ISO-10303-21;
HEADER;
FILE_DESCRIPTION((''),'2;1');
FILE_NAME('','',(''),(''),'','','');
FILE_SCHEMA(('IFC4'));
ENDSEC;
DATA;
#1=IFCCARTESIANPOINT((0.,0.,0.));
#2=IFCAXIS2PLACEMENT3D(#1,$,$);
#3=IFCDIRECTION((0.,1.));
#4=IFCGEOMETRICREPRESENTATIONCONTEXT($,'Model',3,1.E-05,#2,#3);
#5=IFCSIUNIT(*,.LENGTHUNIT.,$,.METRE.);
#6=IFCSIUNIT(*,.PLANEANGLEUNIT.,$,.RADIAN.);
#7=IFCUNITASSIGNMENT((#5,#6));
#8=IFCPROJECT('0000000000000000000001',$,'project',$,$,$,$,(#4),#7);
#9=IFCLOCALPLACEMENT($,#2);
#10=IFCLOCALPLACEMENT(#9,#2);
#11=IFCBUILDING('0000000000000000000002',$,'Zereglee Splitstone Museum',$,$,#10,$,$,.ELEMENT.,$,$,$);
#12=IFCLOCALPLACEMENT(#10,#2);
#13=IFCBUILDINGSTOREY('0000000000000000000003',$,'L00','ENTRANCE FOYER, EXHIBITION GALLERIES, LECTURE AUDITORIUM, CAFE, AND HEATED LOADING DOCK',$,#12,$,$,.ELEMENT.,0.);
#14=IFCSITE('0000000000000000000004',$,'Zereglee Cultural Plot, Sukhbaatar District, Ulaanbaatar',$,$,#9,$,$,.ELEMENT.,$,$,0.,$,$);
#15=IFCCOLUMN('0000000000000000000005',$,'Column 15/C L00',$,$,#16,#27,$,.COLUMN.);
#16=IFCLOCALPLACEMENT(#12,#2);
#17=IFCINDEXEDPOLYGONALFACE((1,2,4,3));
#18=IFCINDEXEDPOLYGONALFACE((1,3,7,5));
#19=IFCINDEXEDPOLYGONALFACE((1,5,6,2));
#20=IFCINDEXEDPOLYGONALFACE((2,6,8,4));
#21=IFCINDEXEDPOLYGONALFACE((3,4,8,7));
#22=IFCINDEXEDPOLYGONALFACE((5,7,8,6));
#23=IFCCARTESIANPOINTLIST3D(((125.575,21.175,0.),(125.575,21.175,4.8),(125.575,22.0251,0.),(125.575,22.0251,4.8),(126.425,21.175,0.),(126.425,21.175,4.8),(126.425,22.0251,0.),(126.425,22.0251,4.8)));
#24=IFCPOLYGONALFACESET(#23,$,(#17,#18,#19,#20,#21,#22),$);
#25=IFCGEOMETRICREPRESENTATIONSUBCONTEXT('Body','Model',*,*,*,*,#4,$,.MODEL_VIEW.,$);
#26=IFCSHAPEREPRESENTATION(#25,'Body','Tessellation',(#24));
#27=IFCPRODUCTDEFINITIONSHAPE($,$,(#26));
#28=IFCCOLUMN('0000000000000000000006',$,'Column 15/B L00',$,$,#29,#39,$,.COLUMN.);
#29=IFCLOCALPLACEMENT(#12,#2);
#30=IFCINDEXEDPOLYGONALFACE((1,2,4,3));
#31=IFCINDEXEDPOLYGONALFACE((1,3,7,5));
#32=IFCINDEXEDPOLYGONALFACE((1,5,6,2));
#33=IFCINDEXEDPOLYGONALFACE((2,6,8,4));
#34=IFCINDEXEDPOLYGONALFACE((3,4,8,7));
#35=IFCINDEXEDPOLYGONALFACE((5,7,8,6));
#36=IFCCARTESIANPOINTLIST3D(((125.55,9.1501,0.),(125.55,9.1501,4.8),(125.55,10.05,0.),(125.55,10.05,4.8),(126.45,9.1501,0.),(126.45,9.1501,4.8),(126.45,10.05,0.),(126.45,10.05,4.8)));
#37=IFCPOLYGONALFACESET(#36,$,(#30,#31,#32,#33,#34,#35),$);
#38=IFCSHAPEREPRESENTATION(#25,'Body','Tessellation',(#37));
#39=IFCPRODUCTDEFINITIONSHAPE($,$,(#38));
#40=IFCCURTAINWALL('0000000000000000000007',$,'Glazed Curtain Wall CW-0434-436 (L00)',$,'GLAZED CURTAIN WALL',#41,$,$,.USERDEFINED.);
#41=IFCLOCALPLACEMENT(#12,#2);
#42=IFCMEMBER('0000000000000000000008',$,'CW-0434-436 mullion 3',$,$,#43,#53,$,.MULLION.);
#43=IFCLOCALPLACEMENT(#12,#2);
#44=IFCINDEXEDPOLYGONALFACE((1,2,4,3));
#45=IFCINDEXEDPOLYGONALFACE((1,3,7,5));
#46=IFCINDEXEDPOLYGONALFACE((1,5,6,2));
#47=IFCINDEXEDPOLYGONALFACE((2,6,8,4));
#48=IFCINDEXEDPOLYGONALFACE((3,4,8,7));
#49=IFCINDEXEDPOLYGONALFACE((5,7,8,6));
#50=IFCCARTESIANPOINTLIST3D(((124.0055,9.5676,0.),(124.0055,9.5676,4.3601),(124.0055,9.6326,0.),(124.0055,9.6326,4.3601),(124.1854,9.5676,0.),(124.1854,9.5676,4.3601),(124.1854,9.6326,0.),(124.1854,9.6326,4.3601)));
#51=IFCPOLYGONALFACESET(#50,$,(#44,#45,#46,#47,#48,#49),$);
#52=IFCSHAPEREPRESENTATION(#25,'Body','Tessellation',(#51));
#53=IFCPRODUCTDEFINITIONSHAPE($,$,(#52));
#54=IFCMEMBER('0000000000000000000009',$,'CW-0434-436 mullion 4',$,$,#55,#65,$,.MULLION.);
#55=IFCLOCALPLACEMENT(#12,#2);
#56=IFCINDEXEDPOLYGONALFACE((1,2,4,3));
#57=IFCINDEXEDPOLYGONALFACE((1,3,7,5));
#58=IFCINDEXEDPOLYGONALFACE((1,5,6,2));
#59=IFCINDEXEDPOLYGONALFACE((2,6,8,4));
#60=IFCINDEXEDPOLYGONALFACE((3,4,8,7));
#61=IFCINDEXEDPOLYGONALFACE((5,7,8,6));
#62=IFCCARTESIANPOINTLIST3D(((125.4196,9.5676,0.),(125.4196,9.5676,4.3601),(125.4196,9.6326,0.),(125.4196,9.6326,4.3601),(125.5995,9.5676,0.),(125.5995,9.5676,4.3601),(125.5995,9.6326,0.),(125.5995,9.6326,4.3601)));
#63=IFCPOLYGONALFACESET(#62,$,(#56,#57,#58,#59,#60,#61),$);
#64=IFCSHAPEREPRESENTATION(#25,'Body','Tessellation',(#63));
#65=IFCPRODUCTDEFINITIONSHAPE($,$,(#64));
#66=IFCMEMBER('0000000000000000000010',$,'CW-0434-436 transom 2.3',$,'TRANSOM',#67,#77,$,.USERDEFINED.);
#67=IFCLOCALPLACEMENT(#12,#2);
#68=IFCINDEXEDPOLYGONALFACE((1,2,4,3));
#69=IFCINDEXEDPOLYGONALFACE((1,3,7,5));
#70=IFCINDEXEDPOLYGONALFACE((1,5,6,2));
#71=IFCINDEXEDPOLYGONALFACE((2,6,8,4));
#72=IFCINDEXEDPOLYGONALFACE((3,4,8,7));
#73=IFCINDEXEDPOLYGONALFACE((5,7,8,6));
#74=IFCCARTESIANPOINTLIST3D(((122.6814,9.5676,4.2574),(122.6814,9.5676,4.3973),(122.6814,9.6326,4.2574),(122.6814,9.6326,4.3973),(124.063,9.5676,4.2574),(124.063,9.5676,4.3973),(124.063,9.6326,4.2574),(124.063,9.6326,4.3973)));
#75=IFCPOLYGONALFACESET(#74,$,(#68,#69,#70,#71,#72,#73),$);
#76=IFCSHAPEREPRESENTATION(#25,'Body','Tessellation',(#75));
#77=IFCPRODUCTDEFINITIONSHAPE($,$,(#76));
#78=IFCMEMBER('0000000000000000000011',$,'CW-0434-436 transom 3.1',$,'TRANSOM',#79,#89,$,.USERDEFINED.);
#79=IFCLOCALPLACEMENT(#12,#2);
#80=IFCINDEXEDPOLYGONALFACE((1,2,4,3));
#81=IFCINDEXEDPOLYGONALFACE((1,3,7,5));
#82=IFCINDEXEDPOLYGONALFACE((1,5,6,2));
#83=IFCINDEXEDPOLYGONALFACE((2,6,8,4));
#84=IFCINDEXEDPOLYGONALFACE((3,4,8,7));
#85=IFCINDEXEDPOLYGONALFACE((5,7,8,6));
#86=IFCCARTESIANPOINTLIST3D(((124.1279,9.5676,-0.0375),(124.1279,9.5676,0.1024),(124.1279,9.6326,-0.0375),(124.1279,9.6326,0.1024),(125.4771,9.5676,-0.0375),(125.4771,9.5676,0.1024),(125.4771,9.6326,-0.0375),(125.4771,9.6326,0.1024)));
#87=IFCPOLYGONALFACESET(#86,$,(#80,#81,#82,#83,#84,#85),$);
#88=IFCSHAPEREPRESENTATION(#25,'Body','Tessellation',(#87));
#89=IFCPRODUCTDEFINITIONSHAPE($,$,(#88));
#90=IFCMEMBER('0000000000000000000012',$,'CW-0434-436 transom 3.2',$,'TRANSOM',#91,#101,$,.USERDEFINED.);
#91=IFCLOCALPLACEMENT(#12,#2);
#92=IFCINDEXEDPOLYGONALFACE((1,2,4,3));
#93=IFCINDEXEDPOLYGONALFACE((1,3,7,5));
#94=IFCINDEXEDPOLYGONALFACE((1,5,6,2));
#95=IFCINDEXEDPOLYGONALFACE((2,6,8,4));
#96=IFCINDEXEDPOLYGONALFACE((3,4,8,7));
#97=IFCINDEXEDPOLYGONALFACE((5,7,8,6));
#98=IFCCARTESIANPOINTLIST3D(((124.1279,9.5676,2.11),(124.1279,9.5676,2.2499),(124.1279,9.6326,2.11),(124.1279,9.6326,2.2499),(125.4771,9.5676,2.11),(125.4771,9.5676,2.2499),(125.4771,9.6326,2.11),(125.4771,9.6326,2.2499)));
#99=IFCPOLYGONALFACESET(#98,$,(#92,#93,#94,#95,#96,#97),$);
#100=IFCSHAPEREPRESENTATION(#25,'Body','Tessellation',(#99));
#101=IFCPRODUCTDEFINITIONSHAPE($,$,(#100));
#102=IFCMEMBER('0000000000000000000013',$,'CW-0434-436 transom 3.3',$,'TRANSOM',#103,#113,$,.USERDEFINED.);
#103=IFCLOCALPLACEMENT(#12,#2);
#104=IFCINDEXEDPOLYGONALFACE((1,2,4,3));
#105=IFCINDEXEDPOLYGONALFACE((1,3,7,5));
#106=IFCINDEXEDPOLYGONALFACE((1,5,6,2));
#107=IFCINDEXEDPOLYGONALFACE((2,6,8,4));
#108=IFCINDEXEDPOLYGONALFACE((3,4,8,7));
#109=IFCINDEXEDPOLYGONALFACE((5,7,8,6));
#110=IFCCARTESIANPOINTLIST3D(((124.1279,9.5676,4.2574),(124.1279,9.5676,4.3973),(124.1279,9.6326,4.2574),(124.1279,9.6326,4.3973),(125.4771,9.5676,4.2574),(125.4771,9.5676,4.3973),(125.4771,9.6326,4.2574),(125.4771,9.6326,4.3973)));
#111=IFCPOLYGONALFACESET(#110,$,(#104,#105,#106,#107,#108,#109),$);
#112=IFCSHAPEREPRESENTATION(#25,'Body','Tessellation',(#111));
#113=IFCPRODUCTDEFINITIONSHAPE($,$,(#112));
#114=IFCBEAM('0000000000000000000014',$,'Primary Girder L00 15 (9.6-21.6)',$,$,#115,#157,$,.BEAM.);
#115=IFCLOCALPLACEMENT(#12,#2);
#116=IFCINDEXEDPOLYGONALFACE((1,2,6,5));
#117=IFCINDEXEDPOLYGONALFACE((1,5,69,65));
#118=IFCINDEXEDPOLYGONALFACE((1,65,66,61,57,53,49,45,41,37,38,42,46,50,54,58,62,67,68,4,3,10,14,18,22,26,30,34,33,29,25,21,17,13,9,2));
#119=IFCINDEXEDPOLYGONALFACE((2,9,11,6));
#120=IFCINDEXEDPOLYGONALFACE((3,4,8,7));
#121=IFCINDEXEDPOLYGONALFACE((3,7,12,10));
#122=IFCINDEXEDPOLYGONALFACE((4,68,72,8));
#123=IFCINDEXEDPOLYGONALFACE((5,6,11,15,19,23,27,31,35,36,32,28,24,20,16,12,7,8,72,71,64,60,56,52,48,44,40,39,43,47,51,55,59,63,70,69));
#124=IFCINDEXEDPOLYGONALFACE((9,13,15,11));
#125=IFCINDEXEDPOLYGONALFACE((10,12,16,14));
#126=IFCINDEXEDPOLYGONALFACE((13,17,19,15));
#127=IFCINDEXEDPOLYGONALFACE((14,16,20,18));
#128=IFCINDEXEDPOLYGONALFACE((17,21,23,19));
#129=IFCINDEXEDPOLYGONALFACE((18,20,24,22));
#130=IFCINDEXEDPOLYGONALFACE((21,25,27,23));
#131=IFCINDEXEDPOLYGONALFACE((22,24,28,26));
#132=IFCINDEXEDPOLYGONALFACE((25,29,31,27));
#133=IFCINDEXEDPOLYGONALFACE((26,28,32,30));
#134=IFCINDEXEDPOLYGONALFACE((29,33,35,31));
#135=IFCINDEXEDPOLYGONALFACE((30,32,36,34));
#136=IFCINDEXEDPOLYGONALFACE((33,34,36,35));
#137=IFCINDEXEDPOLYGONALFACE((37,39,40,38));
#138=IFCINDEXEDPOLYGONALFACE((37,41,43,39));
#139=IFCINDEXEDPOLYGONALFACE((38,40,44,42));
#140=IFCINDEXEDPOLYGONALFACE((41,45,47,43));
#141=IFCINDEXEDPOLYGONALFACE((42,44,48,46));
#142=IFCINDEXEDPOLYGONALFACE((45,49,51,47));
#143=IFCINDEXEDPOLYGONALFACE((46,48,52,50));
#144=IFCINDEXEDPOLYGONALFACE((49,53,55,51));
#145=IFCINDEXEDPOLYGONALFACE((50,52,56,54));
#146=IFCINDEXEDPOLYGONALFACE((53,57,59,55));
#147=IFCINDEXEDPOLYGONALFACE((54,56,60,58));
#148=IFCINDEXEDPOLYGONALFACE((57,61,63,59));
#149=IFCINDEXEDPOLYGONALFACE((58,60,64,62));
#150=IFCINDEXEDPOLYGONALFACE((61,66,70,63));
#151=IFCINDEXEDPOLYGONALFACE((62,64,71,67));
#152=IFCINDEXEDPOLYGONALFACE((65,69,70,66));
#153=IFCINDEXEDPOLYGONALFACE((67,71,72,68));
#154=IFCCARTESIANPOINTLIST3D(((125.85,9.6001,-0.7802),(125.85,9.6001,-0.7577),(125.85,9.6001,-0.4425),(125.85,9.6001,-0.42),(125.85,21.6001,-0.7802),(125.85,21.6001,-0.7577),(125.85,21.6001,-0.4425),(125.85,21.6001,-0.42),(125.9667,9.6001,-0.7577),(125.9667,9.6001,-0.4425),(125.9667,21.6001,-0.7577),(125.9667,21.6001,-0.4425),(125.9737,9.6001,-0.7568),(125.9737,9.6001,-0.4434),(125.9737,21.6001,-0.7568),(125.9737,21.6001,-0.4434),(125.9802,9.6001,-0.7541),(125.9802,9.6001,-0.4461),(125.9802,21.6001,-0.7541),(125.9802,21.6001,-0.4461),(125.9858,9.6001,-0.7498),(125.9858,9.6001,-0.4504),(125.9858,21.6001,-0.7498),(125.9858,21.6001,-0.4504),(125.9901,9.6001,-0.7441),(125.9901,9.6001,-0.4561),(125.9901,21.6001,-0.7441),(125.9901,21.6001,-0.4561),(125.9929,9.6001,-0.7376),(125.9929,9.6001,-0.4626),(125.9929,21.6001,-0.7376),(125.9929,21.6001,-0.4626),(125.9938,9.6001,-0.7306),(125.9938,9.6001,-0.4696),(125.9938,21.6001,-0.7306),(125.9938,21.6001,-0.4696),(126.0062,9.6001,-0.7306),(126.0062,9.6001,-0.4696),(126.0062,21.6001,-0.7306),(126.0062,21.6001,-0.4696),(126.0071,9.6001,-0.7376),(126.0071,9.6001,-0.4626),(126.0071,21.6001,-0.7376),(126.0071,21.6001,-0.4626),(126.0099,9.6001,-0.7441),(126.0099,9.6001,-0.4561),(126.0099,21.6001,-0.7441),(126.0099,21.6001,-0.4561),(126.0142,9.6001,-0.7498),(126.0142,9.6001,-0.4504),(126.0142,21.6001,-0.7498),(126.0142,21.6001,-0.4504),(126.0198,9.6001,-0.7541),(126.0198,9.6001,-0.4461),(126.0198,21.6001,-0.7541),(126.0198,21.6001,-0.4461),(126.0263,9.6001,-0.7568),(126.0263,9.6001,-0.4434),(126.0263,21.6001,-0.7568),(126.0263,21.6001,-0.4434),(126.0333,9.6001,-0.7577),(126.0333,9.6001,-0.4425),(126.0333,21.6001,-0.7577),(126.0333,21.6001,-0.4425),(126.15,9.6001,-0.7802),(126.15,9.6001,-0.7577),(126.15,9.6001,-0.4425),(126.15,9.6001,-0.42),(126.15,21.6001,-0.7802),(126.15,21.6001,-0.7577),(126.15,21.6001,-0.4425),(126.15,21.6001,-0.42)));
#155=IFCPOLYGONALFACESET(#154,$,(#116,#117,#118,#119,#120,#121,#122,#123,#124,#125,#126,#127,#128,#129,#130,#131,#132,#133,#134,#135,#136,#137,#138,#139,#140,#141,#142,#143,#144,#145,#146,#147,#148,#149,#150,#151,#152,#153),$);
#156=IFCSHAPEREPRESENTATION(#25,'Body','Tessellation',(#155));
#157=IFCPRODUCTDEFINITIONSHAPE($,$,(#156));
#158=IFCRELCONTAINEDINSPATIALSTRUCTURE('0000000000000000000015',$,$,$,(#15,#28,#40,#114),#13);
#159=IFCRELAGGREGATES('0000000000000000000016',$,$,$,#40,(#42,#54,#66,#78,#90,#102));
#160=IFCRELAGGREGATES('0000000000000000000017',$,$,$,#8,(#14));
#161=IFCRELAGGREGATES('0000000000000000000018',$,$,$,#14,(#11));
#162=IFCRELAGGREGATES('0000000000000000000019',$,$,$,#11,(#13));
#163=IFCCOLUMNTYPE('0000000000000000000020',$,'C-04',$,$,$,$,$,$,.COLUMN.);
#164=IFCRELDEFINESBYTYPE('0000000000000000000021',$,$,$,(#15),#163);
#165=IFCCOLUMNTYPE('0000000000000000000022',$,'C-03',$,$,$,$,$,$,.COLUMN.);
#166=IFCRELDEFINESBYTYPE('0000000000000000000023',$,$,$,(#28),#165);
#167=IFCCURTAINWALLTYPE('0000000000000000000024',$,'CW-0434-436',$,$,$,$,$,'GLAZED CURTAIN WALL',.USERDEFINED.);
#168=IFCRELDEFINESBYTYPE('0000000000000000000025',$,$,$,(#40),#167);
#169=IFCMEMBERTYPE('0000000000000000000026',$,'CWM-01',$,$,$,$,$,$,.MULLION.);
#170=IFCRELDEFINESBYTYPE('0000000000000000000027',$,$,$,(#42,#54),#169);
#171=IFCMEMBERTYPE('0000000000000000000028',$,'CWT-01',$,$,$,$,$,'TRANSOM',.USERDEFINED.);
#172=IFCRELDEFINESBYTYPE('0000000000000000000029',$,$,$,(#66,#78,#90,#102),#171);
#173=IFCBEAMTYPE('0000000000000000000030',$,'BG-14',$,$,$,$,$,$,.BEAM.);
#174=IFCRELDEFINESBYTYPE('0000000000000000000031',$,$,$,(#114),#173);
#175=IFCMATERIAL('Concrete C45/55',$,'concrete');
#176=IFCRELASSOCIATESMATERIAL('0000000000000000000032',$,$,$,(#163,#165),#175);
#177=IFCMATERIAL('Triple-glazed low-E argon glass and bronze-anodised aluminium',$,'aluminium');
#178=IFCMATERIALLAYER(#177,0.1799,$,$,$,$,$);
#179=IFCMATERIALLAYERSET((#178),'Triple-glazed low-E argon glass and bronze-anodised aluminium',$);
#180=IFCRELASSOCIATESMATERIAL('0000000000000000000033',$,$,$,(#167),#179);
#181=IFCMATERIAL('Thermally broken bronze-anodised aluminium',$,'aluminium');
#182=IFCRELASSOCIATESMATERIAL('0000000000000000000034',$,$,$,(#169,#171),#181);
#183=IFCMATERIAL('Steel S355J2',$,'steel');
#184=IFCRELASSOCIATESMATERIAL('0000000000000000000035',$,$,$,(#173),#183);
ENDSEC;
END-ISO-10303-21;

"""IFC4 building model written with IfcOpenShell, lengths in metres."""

from ifc_helpers import new_model, si_unit, direction, frame, origin, origin_2d, place, context, subcontext, project, spatial, rectangle, i_section, extrude, material, layer, layer_set, material_profile, profile_set, type_object, element, aggregate, save


model = new_model("IFC4")

# Units and contexts
model_context = context("Model", 3, precision=1e-05, world=origin(), true_north=direction((0.0, 1.0)))
body_context = subcontext(model_context, "Body", "Model", "MODEL_VIEW")
ifc_project = project(units=[si_unit("LENGTHUNIT", "METRE"), si_unit("PLANEANGLEUNIT", "RADIAN")], contexts=[model_context])

# Site, building, storey
site_placement = place(None, origin())
site = spatial("IfcSite", under=ifc_project, at=site_placement, Name="Zereglee Cultural Plot, Sukhbaatar District, Ulaanbaatar", CompositionType="ELEMENT", RefElevation=0.0)
building_placement = place(site_placement, origin())
building = spatial("IfcBuilding", under=site, at=building_placement, Name="Zereglee Splitstone Museum", CompositionType="ELEMENT")
storey_placement = place(building_placement, origin())
storey = spatial("IfcBuildingStorey", under=building, at=storey_placement, Name="L00", Description="ENTRANCE FOYER, EXHIBITION GALLERIES, LECTURE AUDITORIUM, CAFE, AND HEATED LOADING DOCK", CompositionType="ELEMENT", Elevation=0.0)

# Columns
ifc_material_1 = material(Name="Concrete C45/55", Category="concrete")
ifc_material_profile_1 = material_profile(ifc_material_1, rectangle(XDim=0.8501, YDim=0.8501, at=origin_2d()), Name="RC 850x850")
ifc_profile_set_1 = profile_set([ifc_material_profile_1], Name="Concrete C45/55")
column_type_1 = type_object("IfcColumnType", Name="C-04", PredefinedType="COLUMN", material=ifc_profile_set_1)
column_1_placement = place(storey_placement, frame((126.0, 21.6001, 0.0), z_axis=(0.0, 0.0, 1.0), x_axis=(1.0, 0.0, 0.0)))
element("IfcColumn", 1, at=column_1_placement, inside=storey, type_object=column_type_1, Name="Column 15/C L00", PredefinedType="COLUMN", context=body_context, shape_type="SweptSolid", body=[
    extrude(rectangle(XDim=0.8501, YDim=0.8501, at=origin_2d()), origin(), (0.0, 0.0, 1.0), 4.8),
])
ifc_material_profile_2 = material_profile(ifc_material_1, rectangle(XDim=0.8999, YDim=0.8999, at=origin_2d()), Name="RC 900x900")
ifc_profile_set_2 = profile_set([ifc_material_profile_2], Name="Concrete C45/55")
column_type_2 = type_object("IfcColumnType", Name="C-03", PredefinedType="COLUMN", material=ifc_profile_set_2)
column_2_placement = place(storey_placement, frame((126.0, 9.6001, 0.0), z_axis=(0.0, 0.0, 1.0), x_axis=(1.0, 0.0, 0.0)))
element("IfcColumn", 2, at=column_2_placement, inside=storey, type_object=column_type_2, Name="Column 15/B L00", PredefinedType="COLUMN", context=body_context, shape_type="SweptSolid", body=[
    extrude(rectangle(XDim=0.8999, YDim=0.8999, at=origin_2d()), origin(), (0.0, 0.0, 1.0), 4.8),
])

# Curtain wall, members
ifc_material_2 = material(Name="Triple-glazed low-E argon glass and bronze-anodised aluminium", Category="aluminium")
ifc_layer_1 = layer(ifc_material_2, 0.1799)
ifc_layer_set_1 = layer_set([ifc_layer_1], Name="Triple-glazed low-E argon glass and bronze-anodised aluminium")
curtain_wall_type = type_object("IfcCurtainWallType", Name="CW-0434-436", ElementType="GLAZED CURTAIN WALL", PredefinedType="USERDEFINED", material=ifc_layer_set_1)
curtain_wall_placement = place(storey_placement, origin())
curtain_wall = element("IfcCurtainWall", 3, at=curtain_wall_placement, inside=storey, type_object=curtain_wall_type, Name="Glazed Curtain Wall CW-0434-436 (L00)", ObjectType="GLAZED CURTAIN WALL", PredefinedType="USERDEFINED")
ifc_material_3 = material(Name="Thermally broken bronze-anodised aluminium", Category="aluminium")
ifc_material_profile_3 = material_profile(ifc_material_3, rectangle(XDim=0.0649, YDim=0.1799, at=origin_2d()), Name="CW MULL 65x180")
ifc_profile_set_3 = profile_set([ifc_material_profile_3], Name="Thermally broken bronze-anodised aluminium")
member_type_1 = type_object("IfcMemberType", Name="CWM-01", PredefinedType="MULLION", material=ifc_profile_set_3)
member_1_placement = place(storey_placement, frame((124.0955, 9.6001, 0.0), z_axis=(0.0, 0.0, 1.0), x_axis=(0.0, 1.0, 0.0)))
member_1 = element("IfcMember", 4, at=member_1_placement, type_object=member_type_1, Name="CW-0434-436 mullion 3", PredefinedType="MULLION", context=body_context, shape_type="SweptSolid", body=[
    extrude(rectangle(XDim=0.0649, YDim=0.1799, at=origin_2d()), origin(), (0.0, 0.0, 1.0), 4.3601),
])
member_2_placement = place(storey_placement, frame((125.5095, 9.6001, 0.0), z_axis=(0.0, 0.0, 1.0), x_axis=(0.0, 1.0, 0.0)))
member_2 = element("IfcMember", 5, at=member_2_placement, type_object=member_type_1, Name="CW-0434-436 mullion 4", PredefinedType="MULLION", context=body_context, shape_type="SweptSolid", body=[
    extrude(rectangle(XDim=0.0649, YDim=0.1799, at=origin_2d()), origin(), (0.0, 0.0, 1.0), 4.3601),
])
ifc_material_profile_4 = material_profile(ifc_material_3, rectangle(XDim=0.0649, YDim=0.1399, at=origin_2d()), Name="CW TRAN 65x140")
ifc_profile_set_4 = profile_set([ifc_material_profile_4], Name="Thermally broken bronze-anodised aluminium")
member_type_2 = type_object("IfcMemberType", Name="CWT-01", ElementType="TRANSOM", PredefinedType="USERDEFINED", material=ifc_profile_set_4)
member_3_placement = place(storey_placement, frame((122.6814, 9.6001, 4.3274), z_axis=(1.0, 0.0, 0.0), x_axis=(0.0, 1.0, 0.0)))
member_3 = element("IfcMember", 6, at=member_3_placement, type_object=member_type_2, Name="CW-0434-436 transom 2.3", ObjectType="TRANSOM", PredefinedType="USERDEFINED", context=body_context, shape_type="SweptSolid", body=[
    extrude(rectangle(XDim=0.0649, YDim=0.1399, at=origin_2d()), origin(), (0.0, 0.0, 1.0), 1.3816),
])
member_4_placement = place(storey_placement, frame((124.1279, 9.6001, 0.0325), z_axis=(1.0, 0.0, 0.0), x_axis=(0.0, 1.0, 0.0)))
member_4 = element("IfcMember", 7, at=member_4_placement, type_object=member_type_2, Name="CW-0434-436 transom 3.1", ObjectType="TRANSOM", PredefinedType="USERDEFINED", context=body_context, shape_type="SweptSolid", body=[
    extrude(rectangle(XDim=0.0649, YDim=0.1399, at=origin_2d()), origin(), (0.0, 0.0, 1.0), 1.3491),
])
member_5_placement = place(storey_placement, frame((124.1279, 9.6001, 2.1799), z_axis=(1.0, 0.0, 0.0), x_axis=(0.0, 1.0, 0.0)))
member_5 = element("IfcMember", 8, at=member_5_placement, type_object=member_type_2, Name="CW-0434-436 transom 3.2", ObjectType="TRANSOM", PredefinedType="USERDEFINED", context=body_context, shape_type="SweptSolid", body=[
    extrude(rectangle(XDim=0.0649, YDim=0.1399, at=origin_2d()), origin(), (0.0, 0.0, 1.0), 1.3491),
])
member_6_placement = place(storey_placement, frame((124.1279, 9.6001, 4.3274), z_axis=(1.0, 0.0, 0.0), x_axis=(0.0, 1.0, 0.0)))
member_6 = element("IfcMember", 9, at=member_6_placement, type_object=member_type_2, Name="CW-0434-436 transom 3.3", ObjectType="TRANSOM", PredefinedType="USERDEFINED", context=body_context, shape_type="SweptSolid", body=[
    extrude(rectangle(XDim=0.0649, YDim=0.1399, at=origin_2d()), origin(), (0.0, 0.0, 1.0), 1.3491),
])

# Beam
ifc_material_4 = material(Name="Steel S355J2", Category="steel")
ifc_material_profile_5 = material_profile(ifc_material_4, i_section(OverallWidth=0.3, OverallDepth=0.3601, WebThickness=0.0125, FlangeThickness=0.0225, FilletRadius=0.0271, at=origin_2d()), Name="HE 360 B")
ifc_profile_set_5 = profile_set([ifc_material_profile_5], Name="Steel S355J2")
beam_type_1 = type_object("IfcBeamType", Name="BG-14", PredefinedType="BEAM", material=ifc_profile_set_5)
beam_1_placement = place(storey_placement, frame((126.0, 9.6001, -0.6001), z_axis=(0.0, 1.0, 0.0), x_axis=(-1.0, 0.0, 0.0)))
element("IfcBeam", 10, at=beam_1_placement, inside=storey, type_object=beam_type_1, Name="Primary Girder L00 15 (9.6-21.6)", PredefinedType="BEAM", context=body_context, shape_type="SweptSolid", body=[
    extrude(i_section(OverallWidth=0.3, OverallDepth=0.3601, WebThickness=0.0125, FlangeThickness=0.0225, FilletRadius=0.0271, at=origin_2d()), origin(), (0.0, 0.0, 1.0), 12.0),
])

aggregate(curtain_wall, [member_1, member_2, member_3, member_4, member_5, member_6])

save(model, "model.ifc")
